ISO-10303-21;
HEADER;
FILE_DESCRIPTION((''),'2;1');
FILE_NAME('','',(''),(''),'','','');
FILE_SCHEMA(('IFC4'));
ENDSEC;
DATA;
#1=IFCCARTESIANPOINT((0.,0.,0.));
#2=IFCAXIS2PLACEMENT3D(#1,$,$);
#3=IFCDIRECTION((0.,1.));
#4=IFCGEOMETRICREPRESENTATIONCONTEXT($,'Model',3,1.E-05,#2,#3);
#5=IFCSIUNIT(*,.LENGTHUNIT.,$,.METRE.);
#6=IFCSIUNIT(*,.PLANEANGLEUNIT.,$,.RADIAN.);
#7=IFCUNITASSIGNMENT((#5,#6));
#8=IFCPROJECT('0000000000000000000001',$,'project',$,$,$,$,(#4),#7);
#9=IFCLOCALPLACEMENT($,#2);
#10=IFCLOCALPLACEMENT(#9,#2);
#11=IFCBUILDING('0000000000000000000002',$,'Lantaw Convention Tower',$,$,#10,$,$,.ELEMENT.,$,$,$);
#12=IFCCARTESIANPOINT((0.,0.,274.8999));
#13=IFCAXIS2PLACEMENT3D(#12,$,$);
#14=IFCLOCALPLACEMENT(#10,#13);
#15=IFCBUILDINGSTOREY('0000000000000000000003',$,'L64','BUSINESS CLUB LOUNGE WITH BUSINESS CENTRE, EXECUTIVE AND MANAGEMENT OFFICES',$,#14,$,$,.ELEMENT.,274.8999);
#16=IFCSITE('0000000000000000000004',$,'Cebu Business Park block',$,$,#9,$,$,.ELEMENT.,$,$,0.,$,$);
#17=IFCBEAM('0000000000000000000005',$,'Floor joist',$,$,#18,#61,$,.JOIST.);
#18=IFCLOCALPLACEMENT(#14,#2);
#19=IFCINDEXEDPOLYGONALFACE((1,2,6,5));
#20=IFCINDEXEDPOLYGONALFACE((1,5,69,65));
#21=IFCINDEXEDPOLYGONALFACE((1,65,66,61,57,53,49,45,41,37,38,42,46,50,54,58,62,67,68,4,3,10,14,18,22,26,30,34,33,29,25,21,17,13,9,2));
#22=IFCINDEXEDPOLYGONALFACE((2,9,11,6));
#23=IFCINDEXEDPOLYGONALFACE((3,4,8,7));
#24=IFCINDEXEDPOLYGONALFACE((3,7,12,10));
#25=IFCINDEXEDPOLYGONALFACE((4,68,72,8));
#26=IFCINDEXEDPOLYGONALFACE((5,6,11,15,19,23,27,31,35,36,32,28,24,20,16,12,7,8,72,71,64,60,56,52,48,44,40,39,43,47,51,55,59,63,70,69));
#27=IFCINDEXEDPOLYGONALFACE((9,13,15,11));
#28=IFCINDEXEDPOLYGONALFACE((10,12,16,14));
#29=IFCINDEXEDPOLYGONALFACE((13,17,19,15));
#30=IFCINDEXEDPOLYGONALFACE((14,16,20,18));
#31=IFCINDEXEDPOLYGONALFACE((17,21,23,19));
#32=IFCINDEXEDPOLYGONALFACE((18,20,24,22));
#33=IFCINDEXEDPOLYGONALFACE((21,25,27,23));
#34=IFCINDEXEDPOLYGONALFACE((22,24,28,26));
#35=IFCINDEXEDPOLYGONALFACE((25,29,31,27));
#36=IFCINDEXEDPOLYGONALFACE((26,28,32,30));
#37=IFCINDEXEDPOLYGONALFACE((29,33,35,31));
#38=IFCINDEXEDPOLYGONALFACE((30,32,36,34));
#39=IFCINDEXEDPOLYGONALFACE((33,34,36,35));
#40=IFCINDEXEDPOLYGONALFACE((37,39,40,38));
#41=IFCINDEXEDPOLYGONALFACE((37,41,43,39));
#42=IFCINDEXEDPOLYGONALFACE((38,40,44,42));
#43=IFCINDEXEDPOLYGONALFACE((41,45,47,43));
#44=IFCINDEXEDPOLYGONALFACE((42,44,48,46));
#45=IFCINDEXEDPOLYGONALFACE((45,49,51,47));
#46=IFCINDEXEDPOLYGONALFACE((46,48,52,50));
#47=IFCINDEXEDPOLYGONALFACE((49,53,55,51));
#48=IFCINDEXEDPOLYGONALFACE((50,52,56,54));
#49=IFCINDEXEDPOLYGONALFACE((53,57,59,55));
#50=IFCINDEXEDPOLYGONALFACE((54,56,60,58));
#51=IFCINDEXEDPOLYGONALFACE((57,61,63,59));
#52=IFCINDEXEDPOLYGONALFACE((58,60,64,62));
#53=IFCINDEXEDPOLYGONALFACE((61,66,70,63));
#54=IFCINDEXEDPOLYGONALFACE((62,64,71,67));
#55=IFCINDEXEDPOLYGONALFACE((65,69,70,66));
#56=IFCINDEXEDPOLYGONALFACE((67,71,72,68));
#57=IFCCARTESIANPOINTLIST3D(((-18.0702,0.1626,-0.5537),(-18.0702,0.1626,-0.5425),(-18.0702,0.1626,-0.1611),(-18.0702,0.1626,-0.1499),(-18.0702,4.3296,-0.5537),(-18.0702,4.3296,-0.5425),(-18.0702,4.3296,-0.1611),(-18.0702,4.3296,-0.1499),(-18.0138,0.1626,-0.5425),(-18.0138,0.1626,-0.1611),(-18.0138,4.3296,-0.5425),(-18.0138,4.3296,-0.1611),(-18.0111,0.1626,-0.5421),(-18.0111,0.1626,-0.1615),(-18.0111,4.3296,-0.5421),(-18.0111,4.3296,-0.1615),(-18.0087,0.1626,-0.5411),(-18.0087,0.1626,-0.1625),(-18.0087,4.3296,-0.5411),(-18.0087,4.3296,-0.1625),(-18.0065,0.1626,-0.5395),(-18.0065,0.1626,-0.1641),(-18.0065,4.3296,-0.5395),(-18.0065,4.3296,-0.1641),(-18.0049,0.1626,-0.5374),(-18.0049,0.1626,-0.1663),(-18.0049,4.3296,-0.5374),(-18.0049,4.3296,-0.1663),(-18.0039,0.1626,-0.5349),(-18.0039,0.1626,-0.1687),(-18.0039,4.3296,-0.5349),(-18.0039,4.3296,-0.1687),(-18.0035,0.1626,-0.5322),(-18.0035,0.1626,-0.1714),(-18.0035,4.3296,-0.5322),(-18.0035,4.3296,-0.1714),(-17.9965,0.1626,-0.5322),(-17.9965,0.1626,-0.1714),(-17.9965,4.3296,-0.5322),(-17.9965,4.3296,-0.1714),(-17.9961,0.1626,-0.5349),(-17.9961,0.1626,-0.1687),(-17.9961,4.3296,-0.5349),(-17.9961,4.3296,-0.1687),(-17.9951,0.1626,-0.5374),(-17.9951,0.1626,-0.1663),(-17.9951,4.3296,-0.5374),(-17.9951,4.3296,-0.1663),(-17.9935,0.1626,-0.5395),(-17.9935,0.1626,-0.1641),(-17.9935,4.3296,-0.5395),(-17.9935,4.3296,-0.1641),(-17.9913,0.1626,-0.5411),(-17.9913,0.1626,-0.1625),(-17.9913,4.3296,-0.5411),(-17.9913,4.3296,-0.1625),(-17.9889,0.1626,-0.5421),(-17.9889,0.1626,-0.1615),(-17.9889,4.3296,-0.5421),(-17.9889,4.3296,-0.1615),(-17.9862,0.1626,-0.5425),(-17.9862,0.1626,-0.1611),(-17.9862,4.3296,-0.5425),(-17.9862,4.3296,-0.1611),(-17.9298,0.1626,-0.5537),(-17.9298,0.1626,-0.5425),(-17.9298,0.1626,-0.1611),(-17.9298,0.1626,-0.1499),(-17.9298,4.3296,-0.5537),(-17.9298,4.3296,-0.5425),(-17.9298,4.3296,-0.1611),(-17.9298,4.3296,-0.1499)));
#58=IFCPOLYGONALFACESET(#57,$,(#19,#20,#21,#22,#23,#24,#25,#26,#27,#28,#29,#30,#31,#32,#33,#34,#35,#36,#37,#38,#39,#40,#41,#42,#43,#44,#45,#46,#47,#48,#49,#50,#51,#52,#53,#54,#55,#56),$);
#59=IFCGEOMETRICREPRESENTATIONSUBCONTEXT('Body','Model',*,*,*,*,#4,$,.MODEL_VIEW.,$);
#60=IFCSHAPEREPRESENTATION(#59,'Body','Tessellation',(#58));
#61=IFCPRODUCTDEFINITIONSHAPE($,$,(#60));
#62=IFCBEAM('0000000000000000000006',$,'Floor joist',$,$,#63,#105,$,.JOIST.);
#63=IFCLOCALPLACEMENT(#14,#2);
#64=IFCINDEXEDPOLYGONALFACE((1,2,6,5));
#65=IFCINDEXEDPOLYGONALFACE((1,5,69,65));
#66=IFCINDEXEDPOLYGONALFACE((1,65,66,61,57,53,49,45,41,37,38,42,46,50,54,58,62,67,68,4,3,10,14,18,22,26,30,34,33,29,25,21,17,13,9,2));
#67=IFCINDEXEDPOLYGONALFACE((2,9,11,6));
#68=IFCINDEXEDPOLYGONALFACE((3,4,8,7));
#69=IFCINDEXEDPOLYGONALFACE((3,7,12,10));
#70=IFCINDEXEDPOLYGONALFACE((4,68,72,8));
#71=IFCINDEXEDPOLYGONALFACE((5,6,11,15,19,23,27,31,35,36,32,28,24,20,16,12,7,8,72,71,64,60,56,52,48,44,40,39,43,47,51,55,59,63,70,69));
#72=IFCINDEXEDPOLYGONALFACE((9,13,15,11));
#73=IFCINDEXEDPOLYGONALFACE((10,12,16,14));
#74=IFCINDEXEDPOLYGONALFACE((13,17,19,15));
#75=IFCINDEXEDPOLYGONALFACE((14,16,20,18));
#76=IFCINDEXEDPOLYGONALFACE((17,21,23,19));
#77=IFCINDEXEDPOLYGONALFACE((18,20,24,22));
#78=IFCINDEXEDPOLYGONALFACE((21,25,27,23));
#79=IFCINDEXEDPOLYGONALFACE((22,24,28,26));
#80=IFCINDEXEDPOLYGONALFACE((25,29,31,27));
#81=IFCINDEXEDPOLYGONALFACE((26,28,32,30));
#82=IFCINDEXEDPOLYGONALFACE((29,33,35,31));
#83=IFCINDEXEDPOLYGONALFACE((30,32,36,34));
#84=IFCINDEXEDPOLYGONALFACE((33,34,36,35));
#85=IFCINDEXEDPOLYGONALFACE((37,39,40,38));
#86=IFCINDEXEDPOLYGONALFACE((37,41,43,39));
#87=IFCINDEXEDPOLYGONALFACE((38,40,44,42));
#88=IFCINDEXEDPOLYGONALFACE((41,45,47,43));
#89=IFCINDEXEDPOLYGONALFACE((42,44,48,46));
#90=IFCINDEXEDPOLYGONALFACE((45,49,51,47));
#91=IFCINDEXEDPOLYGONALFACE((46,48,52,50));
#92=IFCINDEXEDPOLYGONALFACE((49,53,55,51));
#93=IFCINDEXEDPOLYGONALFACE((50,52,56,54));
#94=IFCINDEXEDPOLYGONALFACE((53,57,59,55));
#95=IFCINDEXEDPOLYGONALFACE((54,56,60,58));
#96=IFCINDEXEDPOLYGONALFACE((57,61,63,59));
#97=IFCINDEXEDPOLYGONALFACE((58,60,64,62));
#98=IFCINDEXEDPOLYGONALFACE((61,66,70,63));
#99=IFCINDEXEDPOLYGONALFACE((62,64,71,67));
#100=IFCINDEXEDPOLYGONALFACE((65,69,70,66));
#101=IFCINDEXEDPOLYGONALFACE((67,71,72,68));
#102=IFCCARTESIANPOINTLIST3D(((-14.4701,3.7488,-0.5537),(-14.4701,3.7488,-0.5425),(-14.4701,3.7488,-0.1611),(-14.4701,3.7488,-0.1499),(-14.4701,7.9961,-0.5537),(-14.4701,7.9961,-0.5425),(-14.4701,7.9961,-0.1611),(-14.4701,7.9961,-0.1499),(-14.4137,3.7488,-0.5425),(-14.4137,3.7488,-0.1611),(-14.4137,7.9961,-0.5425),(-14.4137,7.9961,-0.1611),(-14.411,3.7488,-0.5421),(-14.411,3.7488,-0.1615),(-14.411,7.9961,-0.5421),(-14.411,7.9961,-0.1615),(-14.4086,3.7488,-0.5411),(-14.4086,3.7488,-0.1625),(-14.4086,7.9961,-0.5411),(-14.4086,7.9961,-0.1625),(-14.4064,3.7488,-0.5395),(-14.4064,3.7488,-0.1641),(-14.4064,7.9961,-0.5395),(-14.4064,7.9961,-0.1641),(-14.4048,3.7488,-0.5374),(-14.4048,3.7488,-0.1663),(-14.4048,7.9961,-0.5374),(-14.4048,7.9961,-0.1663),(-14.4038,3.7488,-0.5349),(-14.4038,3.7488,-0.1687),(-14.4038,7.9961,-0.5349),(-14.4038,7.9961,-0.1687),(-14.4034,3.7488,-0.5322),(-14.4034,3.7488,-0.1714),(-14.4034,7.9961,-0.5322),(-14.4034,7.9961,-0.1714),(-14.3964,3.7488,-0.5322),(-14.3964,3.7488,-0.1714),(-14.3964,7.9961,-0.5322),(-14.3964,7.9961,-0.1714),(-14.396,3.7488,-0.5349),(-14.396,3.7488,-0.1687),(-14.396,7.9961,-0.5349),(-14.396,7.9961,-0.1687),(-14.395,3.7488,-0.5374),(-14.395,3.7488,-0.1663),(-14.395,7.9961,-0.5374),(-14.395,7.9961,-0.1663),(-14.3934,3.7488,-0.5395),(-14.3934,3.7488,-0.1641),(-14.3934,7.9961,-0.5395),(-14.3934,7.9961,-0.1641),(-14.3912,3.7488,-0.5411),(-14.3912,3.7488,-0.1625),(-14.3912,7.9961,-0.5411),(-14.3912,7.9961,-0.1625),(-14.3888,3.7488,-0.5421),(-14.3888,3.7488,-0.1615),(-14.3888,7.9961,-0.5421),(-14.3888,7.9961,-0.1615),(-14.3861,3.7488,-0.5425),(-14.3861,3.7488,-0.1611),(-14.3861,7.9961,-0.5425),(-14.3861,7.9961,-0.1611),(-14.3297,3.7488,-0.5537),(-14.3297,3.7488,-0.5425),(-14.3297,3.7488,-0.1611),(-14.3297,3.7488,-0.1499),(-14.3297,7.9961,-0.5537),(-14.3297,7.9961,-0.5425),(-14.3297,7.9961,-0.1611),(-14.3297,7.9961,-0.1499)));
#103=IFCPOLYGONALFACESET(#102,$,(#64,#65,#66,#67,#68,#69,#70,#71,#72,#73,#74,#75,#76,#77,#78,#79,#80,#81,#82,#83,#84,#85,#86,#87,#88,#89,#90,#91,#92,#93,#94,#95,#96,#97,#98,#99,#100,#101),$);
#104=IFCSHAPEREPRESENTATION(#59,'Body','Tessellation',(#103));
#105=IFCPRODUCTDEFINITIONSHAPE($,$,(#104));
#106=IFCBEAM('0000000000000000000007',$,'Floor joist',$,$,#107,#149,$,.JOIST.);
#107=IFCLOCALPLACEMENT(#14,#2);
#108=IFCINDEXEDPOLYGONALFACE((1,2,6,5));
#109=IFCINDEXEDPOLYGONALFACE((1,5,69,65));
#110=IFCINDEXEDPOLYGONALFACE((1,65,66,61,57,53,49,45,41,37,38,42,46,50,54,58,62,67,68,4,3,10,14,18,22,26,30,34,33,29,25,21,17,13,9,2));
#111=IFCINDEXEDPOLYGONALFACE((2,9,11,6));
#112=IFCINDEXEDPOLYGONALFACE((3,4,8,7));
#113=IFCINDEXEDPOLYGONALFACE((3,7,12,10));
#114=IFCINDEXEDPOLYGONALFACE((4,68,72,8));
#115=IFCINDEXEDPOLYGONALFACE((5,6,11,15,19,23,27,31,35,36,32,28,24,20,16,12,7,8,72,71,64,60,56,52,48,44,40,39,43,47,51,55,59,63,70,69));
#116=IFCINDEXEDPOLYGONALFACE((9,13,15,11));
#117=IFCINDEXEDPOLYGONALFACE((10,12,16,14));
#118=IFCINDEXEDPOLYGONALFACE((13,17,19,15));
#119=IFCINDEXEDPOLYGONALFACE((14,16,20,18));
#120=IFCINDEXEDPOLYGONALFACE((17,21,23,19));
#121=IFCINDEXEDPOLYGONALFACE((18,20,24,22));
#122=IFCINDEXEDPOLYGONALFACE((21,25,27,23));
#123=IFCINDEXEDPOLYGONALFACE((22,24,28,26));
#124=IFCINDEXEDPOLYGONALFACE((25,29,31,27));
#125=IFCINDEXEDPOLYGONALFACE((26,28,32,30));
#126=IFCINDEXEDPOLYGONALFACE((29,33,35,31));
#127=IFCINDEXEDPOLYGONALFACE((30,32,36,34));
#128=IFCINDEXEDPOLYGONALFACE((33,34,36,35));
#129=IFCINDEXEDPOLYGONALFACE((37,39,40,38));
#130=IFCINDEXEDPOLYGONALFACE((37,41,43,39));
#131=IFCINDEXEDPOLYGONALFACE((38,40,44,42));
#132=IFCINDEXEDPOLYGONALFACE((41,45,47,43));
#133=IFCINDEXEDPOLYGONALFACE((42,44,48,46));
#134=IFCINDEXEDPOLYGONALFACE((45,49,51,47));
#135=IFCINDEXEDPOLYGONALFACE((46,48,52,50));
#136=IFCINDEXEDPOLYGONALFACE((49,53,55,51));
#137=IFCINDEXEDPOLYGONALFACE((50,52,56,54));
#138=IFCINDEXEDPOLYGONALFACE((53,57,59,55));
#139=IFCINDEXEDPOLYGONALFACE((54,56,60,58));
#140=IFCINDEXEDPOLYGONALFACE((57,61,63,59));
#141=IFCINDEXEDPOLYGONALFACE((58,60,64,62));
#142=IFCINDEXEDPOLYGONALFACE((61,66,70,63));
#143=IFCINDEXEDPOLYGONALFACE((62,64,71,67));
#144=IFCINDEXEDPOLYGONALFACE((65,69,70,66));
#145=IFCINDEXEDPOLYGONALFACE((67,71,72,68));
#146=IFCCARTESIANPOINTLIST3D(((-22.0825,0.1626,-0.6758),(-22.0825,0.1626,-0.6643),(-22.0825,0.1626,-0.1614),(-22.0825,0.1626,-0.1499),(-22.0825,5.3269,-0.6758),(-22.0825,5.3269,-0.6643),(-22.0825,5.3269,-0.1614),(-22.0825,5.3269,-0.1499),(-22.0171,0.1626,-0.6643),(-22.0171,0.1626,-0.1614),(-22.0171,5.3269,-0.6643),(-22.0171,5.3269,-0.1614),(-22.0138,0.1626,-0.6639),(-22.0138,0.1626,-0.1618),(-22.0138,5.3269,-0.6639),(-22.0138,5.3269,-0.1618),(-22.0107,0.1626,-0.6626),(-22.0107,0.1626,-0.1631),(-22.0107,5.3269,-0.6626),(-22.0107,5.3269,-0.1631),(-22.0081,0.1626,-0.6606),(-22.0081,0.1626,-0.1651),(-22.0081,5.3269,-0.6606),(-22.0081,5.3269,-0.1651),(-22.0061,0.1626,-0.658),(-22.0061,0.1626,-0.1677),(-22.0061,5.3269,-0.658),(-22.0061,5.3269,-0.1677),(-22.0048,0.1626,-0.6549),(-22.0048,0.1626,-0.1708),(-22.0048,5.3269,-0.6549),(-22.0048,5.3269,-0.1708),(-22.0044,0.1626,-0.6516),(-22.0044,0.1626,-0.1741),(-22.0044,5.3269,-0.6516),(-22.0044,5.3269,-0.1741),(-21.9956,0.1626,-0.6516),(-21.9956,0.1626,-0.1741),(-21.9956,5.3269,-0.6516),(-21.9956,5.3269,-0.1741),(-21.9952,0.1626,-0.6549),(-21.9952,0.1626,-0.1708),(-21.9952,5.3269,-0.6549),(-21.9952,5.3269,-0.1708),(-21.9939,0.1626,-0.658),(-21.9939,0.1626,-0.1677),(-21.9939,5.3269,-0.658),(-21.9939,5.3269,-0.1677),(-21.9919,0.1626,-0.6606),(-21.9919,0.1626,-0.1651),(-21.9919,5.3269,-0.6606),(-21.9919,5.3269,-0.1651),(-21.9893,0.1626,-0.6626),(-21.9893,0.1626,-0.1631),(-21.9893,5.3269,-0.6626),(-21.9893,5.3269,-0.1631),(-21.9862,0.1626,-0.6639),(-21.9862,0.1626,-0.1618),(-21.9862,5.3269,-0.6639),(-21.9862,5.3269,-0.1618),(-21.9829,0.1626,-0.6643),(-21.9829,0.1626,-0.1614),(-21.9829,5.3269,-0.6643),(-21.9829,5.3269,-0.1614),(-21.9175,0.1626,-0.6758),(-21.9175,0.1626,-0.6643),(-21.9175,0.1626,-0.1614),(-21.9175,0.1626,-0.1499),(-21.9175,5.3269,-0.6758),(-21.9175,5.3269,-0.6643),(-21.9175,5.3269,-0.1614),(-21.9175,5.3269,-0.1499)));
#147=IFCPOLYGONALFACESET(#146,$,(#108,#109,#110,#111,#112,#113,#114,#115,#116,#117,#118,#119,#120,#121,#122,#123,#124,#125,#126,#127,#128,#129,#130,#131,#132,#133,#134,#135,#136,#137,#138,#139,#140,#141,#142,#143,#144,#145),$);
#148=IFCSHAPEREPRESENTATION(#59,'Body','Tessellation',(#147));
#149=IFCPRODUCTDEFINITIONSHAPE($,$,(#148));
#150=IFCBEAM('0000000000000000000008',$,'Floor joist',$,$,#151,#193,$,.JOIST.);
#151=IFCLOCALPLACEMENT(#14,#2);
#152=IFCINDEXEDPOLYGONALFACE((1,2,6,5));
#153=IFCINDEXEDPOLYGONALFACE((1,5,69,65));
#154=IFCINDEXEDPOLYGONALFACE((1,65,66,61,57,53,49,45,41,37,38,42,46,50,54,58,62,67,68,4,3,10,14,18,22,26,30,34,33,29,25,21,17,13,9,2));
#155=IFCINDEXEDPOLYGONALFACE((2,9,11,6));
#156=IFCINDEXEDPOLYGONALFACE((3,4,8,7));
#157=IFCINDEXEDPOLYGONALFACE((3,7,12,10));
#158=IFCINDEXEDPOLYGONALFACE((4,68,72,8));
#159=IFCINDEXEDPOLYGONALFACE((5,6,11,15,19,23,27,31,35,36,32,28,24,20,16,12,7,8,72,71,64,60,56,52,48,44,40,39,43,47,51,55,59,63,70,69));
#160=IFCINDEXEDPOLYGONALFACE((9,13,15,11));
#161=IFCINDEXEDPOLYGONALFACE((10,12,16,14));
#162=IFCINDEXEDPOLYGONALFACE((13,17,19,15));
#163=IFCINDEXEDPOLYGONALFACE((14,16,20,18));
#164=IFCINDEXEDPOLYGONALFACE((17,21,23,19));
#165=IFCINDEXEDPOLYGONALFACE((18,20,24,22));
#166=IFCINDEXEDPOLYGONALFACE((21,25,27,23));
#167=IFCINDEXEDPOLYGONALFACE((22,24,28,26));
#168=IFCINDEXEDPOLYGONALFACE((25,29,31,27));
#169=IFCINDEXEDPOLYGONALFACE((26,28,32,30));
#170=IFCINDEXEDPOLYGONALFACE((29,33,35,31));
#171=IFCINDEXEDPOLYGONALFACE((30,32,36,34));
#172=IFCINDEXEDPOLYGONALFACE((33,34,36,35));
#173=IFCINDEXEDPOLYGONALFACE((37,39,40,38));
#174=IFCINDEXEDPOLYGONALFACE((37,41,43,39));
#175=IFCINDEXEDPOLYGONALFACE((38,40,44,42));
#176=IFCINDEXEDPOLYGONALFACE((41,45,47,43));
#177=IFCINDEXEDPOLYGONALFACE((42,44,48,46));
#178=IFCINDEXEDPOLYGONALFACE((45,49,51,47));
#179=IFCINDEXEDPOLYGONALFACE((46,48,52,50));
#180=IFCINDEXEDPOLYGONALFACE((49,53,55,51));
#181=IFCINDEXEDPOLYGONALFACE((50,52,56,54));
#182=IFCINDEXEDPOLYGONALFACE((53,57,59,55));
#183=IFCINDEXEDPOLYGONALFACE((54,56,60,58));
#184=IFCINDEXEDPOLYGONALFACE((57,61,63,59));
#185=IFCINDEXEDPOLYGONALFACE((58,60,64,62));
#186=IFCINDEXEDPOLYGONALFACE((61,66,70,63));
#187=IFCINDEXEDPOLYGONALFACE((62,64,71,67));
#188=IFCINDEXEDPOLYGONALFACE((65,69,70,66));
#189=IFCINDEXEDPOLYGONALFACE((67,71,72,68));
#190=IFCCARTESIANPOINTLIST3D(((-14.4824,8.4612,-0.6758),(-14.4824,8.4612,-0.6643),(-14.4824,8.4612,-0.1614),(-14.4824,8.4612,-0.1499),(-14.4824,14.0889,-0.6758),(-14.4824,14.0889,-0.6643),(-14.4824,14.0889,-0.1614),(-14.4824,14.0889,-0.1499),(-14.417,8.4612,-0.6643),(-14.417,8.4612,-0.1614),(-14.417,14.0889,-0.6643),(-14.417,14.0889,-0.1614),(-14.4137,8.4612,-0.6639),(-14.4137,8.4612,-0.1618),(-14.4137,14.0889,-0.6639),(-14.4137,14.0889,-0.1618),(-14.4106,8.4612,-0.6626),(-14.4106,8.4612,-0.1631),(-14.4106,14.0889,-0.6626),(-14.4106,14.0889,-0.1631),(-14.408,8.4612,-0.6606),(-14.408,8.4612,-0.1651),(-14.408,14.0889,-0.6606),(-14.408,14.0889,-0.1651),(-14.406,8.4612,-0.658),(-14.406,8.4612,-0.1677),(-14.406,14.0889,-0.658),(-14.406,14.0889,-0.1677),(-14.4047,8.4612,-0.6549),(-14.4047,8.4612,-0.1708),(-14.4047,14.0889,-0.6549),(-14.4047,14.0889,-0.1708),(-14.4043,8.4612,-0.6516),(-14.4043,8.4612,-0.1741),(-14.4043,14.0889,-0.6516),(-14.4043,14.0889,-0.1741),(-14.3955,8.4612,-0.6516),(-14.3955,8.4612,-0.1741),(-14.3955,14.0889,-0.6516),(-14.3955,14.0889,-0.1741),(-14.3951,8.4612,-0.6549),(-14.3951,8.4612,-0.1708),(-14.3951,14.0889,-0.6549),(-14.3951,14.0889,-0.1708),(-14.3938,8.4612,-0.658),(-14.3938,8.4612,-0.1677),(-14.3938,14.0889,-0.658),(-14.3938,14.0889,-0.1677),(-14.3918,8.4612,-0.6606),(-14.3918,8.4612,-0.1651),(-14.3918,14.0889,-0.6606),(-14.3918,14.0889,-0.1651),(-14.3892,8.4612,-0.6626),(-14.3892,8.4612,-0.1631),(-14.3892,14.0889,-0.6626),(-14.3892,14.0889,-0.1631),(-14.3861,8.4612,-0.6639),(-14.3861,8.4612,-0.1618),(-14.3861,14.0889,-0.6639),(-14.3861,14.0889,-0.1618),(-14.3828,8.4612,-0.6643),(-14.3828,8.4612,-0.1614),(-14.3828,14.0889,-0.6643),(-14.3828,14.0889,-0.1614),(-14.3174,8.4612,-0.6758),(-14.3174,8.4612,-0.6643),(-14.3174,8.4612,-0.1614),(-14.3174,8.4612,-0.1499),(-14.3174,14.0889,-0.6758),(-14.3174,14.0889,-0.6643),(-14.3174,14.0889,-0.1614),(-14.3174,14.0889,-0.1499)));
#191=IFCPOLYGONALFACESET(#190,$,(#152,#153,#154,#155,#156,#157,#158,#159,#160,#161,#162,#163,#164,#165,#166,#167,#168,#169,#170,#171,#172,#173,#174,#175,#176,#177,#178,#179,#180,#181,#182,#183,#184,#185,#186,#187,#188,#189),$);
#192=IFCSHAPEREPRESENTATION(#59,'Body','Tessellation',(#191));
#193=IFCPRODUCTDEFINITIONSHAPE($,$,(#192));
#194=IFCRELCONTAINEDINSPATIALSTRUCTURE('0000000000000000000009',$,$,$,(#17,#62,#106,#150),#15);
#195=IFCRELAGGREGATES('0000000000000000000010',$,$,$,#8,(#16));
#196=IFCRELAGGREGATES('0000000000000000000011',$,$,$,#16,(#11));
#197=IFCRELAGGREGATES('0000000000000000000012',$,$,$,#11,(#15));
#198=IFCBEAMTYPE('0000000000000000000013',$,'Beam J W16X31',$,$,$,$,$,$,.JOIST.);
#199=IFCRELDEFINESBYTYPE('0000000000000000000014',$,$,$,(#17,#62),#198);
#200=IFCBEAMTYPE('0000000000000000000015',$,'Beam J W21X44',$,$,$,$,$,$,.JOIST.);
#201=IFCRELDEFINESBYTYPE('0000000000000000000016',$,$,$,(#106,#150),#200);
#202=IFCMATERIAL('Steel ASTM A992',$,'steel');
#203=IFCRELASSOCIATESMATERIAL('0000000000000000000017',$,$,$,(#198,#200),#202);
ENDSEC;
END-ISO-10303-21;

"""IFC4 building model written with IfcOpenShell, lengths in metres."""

from ifc_helpers import new_model, si_unit, direction, frame, origin, origin_2d, place, context, subcontext, project, spatial, i_section, extrude, material, material_profile, profile_set, type_object, element, save


model = new_model("IFC4")

# Units and contexts
model_context = context("Model", 3, precision=1e-05, world=origin(), true_north=direction((0.0, 1.0)))
body_context = subcontext(model_context, "Body", "Model", "MODEL_VIEW")
ifc_project = project(units=[si_unit("LENGTHUNIT", "METRE"), si_unit("PLANEANGLEUNIT", "RADIAN")], contexts=[model_context])

# Site, building, storey
site_placement = place(None, origin())
site = spatial("IfcSite", under=ifc_project, at=site_placement, Name="Cebu Business Park block", CompositionType="ELEMENT", RefElevation=0.0)
building_placement = place(site_placement, origin())
building = spatial("IfcBuilding", under=site, at=building_placement, Name="Lantaw Convention Tower", CompositionType="ELEMENT")
storey_placement = place(building_placement, frame((0.0, 0.0, 274.8999)))
storey = spatial("IfcBuildingStorey", under=building, at=storey_placement, Name="L64", Description="BUSINESS CLUB LOUNGE WITH BUSINESS CENTRE, EXECUTIVE AND MANAGEMENT OFFICES", CompositionType="ELEMENT", Elevation=274.8999)

# Beams
ifc_material_1 = material(Name="Steel ASTM A992", Category="steel")
ifc_material_profile_1 = material_profile(ifc_material_1, i_section(OverallWidth=0.1404, OverallDepth=0.4038, WebThickness=0.0071, FlangeThickness=0.0112, FilletRadius=0.0103, at=origin_2d()), Name="W16X31")
ifc_profile_set_1 = profile_set([ifc_material_profile_1], Name="Steel ASTM A992")
beam_type_1 = type_object("IfcBeamType", Name="Beam J W16X31", PredefinedType="JOIST", material=ifc_profile_set_1)
beam_1_placement = place(storey_placement, frame((-18.0, 0.1626, -0.3518), z_axis=(0.0, 1.0, 0.0), x_axis=(-1.0, 0.0, 0.0)))
element("IfcBeam", 1, at=beam_1_placement, inside=storey, type_object=beam_type_1, Name="Floor joist", PredefinedType="JOIST", context=body_context, shape_type="SweptSolid", body=[
    extrude(i_section(OverallWidth=0.1404, OverallDepth=0.4038, WebThickness=0.0071, FlangeThickness=0.0112, FilletRadius=0.0103, at=origin_2d()), origin(), (0.0, 0.0, 1.0), 4.167),
])
beam_2_placement = place(storey_placement, frame((-14.3999, 3.7488, -0.3518), z_axis=(0.0, 1.0, 0.0), x_axis=(-1.0, 0.0, 0.0)))
element("IfcBeam", 2, at=beam_2_placement, inside=storey, type_object=beam_type_1, Name="Floor joist", PredefinedType="JOIST", context=body_context, shape_type="SweptSolid", body=[
    extrude(i_section(OverallWidth=0.1404, OverallDepth=0.4038, WebThickness=0.0071, FlangeThickness=0.0112, FilletRadius=0.0103, at=origin_2d()), origin(), (0.0, 0.0, 1.0), 4.2473),
])
ifc_material_profile_2 = material_profile(ifc_material_1, i_section(OverallWidth=0.165, OverallDepth=0.5259, WebThickness=0.0088, FlangeThickness=0.0115, FilletRadius=0.0127, at=origin_2d()), Name="W21X44")
ifc_profile_set_2 = profile_set([ifc_material_profile_2], Name="Steel ASTM A992")
beam_type_2 = type_object("IfcBeamType", Name="Beam J W21X44", PredefinedType="JOIST", material=ifc_profile_set_2)
beam_3_placement = place(storey_placement, frame((-22.0, 0.1626, -0.4128), z_axis=(0.0, 1.0, 0.0), x_axis=(-1.0, 0.0, 0.0)))
element("IfcBeam", 3, at=beam_3_placement, inside=storey, type_object=beam_type_2, Name="Floor joist", PredefinedType="JOIST", context=body_context, shape_type="SweptSolid", body=[
    extrude(i_section(OverallWidth=0.165, OverallDepth=0.5259, WebThickness=0.0088, FlangeThickness=0.0115, FilletRadius=0.0127, at=origin_2d()), origin(), (0.0, 0.0, 1.0), 5.1643),
])
beam_4_placement = place(storey_placement, frame((-14.3999, 8.4612, -0.4128), z_axis=(0.0, 1.0, 0.0), x_axis=(-1.0, 0.0, 0.0)))
element("IfcBeam", 4, at=beam_4_placement, inside=storey, type_object=beam_type_2, Name="Floor joist", PredefinedType="JOIST", context=body_context, shape_type="SweptSolid", body=[
    extrude(i_section(OverallWidth=0.165, OverallDepth=0.5259, WebThickness=0.0088, FlangeThickness=0.0115, FilletRadius=0.0127, at=origin_2d()), origin(), (0.0, 0.0, 1.0), 5.6277),
])

save(model, "model.ifc")
